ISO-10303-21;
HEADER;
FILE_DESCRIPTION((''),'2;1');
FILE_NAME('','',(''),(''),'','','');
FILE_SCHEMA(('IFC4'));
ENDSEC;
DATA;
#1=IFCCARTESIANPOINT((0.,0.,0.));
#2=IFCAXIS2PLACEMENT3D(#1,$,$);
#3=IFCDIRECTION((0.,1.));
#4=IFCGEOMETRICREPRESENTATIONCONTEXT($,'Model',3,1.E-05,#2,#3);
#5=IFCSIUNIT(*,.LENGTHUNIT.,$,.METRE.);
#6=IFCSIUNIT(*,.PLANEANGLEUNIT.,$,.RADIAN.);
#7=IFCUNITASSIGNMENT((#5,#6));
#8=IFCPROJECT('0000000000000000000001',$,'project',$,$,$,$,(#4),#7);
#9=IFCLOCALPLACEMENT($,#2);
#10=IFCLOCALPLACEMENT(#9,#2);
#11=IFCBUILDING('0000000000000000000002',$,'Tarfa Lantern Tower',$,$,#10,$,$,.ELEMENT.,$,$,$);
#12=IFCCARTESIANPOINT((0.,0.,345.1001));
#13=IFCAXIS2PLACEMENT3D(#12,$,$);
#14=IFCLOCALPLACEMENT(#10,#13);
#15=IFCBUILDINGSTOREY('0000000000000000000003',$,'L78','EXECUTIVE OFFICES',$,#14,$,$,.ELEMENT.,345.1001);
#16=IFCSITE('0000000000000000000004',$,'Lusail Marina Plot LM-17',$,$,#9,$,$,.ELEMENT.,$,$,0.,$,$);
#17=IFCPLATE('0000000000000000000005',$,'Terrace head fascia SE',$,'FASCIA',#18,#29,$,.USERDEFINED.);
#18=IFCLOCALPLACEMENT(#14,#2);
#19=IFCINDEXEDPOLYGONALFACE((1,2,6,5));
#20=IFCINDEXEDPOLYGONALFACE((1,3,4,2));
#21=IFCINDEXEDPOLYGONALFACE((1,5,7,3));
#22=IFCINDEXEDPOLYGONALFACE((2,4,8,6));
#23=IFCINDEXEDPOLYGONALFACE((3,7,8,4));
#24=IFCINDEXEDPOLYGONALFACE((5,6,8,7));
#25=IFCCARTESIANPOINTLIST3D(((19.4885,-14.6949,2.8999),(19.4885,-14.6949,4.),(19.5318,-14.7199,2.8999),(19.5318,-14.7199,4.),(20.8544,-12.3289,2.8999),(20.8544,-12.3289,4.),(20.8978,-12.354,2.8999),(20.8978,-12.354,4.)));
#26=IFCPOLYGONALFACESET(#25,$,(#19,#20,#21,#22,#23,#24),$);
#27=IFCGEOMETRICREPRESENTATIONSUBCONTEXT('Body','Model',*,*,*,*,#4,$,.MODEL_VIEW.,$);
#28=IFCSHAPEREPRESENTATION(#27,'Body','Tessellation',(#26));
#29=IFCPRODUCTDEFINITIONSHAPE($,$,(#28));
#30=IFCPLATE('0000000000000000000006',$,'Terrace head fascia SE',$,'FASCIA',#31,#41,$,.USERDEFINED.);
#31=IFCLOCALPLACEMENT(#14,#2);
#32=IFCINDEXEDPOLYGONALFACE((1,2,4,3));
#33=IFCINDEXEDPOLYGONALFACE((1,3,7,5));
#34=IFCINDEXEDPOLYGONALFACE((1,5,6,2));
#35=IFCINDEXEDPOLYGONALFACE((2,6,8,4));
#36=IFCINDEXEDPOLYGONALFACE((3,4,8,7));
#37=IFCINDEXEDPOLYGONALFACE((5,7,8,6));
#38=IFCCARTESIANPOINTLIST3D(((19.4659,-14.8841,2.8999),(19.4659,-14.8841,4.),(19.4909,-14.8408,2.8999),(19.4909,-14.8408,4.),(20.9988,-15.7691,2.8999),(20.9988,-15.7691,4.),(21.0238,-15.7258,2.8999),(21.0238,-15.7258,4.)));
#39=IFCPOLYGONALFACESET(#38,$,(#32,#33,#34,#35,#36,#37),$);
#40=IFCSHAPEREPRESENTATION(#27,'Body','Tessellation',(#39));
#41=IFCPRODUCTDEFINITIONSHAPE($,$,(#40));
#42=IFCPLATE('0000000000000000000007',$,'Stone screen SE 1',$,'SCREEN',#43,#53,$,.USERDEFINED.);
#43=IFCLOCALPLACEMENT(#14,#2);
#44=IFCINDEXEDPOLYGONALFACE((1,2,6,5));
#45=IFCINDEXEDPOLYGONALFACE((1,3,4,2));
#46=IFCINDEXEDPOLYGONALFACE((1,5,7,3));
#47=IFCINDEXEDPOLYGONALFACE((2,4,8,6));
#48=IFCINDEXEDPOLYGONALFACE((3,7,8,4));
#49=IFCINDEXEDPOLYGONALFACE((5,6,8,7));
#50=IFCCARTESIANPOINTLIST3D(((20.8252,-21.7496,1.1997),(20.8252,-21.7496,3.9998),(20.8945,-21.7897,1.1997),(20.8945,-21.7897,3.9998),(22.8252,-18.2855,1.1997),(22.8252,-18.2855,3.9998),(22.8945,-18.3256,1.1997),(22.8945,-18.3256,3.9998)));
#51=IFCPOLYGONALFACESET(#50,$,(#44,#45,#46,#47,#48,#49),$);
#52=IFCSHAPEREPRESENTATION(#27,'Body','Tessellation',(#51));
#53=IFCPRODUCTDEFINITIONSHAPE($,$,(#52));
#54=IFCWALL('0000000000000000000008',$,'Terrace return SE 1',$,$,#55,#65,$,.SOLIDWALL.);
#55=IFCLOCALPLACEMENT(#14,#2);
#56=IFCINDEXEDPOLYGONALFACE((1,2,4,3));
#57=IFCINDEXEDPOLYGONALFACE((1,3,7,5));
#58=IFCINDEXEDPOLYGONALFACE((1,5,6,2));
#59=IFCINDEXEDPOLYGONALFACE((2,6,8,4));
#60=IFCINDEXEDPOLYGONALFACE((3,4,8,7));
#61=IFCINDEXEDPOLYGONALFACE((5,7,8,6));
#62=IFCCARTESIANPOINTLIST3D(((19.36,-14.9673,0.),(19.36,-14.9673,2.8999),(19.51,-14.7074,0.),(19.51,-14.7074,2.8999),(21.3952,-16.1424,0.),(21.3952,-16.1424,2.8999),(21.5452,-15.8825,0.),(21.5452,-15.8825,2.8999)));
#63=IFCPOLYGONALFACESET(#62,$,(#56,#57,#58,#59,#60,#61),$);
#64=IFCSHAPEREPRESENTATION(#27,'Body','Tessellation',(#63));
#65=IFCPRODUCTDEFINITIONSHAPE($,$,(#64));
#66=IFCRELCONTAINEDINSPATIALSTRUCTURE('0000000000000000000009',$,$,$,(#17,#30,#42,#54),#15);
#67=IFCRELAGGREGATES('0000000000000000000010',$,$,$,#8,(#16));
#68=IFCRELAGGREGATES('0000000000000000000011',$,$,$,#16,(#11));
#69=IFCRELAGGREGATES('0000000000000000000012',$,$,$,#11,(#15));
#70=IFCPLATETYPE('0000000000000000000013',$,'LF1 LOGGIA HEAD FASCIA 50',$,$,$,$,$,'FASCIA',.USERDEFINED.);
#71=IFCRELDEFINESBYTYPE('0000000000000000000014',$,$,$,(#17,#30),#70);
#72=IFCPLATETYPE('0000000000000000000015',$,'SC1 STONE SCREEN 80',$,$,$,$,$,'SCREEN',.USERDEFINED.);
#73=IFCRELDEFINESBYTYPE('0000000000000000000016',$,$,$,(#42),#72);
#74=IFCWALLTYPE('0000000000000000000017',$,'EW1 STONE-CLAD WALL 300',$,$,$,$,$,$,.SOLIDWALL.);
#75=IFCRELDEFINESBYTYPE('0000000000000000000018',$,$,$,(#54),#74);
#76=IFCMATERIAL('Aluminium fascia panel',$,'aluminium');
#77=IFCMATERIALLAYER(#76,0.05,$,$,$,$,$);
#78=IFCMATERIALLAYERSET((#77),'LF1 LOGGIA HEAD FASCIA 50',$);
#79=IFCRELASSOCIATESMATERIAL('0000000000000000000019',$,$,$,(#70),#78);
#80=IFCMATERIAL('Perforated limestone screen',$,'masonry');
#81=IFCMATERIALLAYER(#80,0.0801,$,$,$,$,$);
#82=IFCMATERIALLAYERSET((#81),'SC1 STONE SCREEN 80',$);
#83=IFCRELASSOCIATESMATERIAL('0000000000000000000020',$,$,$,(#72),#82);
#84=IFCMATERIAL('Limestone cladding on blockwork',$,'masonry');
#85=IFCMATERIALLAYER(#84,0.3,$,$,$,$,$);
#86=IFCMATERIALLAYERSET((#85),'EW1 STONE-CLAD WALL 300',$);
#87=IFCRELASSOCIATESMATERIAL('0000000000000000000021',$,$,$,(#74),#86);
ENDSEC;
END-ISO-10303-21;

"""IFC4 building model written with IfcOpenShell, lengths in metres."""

from ifc_helpers import new_model, si_unit, direction, frame, frame_2d, origin, origin_2d, place, context, subcontext, project, spatial, rectangle, extrude, material, layer, layer_set, type_object, element, save


model = new_model("IFC4")

# Units and contexts
model_context = context("Model", 3, precision=1e-05, world=origin(), true_north=direction((0.0, 1.0)))
body_context = subcontext(model_context, "Body", "Model", "MODEL_VIEW")
ifc_project = project(units=[si_unit("LENGTHUNIT", "METRE"), si_unit("PLANEANGLEUNIT", "RADIAN")], contexts=[model_context])

# Site, building, storey
site_placement = place(None, origin())
site = spatial("IfcSite", under=ifc_project, at=site_placement, Name="Lusail Marina Plot LM-17", CompositionType="ELEMENT", RefElevation=0.0)
building_placement = place(site_placement, origin())
building = spatial("IfcBuilding", under=site, at=building_placement, Name="Tarfa Lantern Tower", CompositionType="ELEMENT")
storey_placement = place(building_placement, frame((0.0, 0.0, 345.1001)))
storey = spatial("IfcBuildingStorey", under=building, at=storey_placement, Name="L78", Description="EXECUTIVE OFFICES", CompositionType="ELEMENT", Elevation=345.1001)

# Plates
ifc_material_1 = material(Name="Aluminium fascia panel", Category="aluminium")
ifc_layer_1 = layer(ifc_material_1, 0.05)
ifc_layer_set_1 = layer_set([ifc_layer_1], Name="LF1 LOGGIA HEAD FASCIA 50")
plate_type_1 = type_object("IfcPlateType", Name="LF1 LOGGIA HEAD FASCIA 50", ElementType="FASCIA", PredefinedType="USERDEFINED", material=ifc_layer_set_1)
plate_1_placement = place(storey_placement, frame((20.1931, -13.5244, 2.8999), z_axis=(0.0, 0.0, 1.0), x_axis=(0.5, 0.866025, 0.0)))
element("IfcPlate", 1, at=plate_1_placement, inside=storey, type_object=plate_type_1, Name="Terrace head fascia SE", ObjectType="FASCIA", PredefinedType="USERDEFINED", context=body_context, shape_type="SweptSolid", body=[
    extrude(rectangle(XDim=2.7319, YDim=0.05, at=origin_2d()), origin(), (0.0, 0.0, 1.0), 1.1001),
])
plate_2_placement = place(storey_placement, frame((20.2449, -15.3049, 2.8999), z_axis=(0.0, 0.0, 1.0), x_axis=(-0.866025, 0.5, 0.0)))
element("IfcPlate", 2, at=plate_2_placement, inside=storey, type_object=plate_type_1, Name="Terrace head fascia SE", ObjectType="FASCIA", PredefinedType="USERDEFINED", context=body_context, shape_type="SweptSolid", body=[
    extrude(rectangle(XDim=1.77, YDim=0.05, at=origin_2d()), origin(), (0.0, 0.0, 1.0), 1.1001),
])
ifc_material_2 = material(Name="Perforated limestone screen", Category="masonry")
ifc_layer_2 = layer(ifc_material_2, 0.0801)
ifc_layer_set_2 = layer_set([ifc_layer_2], Name="SC1 STONE SCREEN 80")
plate_type_2 = type_object("IfcPlateType", Name="SC1 STONE SCREEN 80", ElementType="SCREEN", PredefinedType="USERDEFINED", material=ifc_layer_set_2)
plate_3_placement = place(storey_placement, frame((21.8599, -20.0376, 1.1997), z_axis=(0.0, 0.0, 1.0), x_axis=(0.5, 0.866025, 0.0)))
element("IfcPlate", 3, at=plate_3_placement, inside=storey, type_object=plate_type_2, Name="Stone screen SE 1", ObjectType="SCREEN", PredefinedType="USERDEFINED", context=body_context, shape_type="SweptSolid", body=[
    extrude(rectangle(XDim=4.0, YDim=0.0801, at=origin_2d()), origin(), (0.0, 0.0, 1.0), 2.8),
])

# Shared definitions
ifc_material_3 = material(Name="Limestone cladding on blockwork", Category="masonry")
ifc_layer_3 = layer(ifc_material_3, 0.3)
ifc_layer_set_3 = layer_set([ifc_layer_3], Name="EW1 STONE-CLAD WALL 300")
wall_type = type_object("IfcWallType", Name="EW1 STONE-CLAD WALL 300", PredefinedType="SOLIDWALL", material=ifc_layer_set_3)

# Wall
wall_1_placement = place(storey_placement, frame((21.4702, -16.0125, 0.0), z_axis=(0.0, 0.0, 1.0), x_axis=(-0.866016, 0.500016, 0.0)))
element("IfcWall", 4, at=wall_1_placement, inside=storey, type_object=wall_type, Name="Terrace return SE 1", PredefinedType="SOLIDWALL", context=body_context, shape_type="SweptSolid", body=[
    extrude(rectangle(XDim=2.3501, YDim=0.3, at=frame_2d((1.175, 0.0))), origin(), (0.0, 0.0, 1.0), 2.8999),
])

save(model, "model.ifc")
